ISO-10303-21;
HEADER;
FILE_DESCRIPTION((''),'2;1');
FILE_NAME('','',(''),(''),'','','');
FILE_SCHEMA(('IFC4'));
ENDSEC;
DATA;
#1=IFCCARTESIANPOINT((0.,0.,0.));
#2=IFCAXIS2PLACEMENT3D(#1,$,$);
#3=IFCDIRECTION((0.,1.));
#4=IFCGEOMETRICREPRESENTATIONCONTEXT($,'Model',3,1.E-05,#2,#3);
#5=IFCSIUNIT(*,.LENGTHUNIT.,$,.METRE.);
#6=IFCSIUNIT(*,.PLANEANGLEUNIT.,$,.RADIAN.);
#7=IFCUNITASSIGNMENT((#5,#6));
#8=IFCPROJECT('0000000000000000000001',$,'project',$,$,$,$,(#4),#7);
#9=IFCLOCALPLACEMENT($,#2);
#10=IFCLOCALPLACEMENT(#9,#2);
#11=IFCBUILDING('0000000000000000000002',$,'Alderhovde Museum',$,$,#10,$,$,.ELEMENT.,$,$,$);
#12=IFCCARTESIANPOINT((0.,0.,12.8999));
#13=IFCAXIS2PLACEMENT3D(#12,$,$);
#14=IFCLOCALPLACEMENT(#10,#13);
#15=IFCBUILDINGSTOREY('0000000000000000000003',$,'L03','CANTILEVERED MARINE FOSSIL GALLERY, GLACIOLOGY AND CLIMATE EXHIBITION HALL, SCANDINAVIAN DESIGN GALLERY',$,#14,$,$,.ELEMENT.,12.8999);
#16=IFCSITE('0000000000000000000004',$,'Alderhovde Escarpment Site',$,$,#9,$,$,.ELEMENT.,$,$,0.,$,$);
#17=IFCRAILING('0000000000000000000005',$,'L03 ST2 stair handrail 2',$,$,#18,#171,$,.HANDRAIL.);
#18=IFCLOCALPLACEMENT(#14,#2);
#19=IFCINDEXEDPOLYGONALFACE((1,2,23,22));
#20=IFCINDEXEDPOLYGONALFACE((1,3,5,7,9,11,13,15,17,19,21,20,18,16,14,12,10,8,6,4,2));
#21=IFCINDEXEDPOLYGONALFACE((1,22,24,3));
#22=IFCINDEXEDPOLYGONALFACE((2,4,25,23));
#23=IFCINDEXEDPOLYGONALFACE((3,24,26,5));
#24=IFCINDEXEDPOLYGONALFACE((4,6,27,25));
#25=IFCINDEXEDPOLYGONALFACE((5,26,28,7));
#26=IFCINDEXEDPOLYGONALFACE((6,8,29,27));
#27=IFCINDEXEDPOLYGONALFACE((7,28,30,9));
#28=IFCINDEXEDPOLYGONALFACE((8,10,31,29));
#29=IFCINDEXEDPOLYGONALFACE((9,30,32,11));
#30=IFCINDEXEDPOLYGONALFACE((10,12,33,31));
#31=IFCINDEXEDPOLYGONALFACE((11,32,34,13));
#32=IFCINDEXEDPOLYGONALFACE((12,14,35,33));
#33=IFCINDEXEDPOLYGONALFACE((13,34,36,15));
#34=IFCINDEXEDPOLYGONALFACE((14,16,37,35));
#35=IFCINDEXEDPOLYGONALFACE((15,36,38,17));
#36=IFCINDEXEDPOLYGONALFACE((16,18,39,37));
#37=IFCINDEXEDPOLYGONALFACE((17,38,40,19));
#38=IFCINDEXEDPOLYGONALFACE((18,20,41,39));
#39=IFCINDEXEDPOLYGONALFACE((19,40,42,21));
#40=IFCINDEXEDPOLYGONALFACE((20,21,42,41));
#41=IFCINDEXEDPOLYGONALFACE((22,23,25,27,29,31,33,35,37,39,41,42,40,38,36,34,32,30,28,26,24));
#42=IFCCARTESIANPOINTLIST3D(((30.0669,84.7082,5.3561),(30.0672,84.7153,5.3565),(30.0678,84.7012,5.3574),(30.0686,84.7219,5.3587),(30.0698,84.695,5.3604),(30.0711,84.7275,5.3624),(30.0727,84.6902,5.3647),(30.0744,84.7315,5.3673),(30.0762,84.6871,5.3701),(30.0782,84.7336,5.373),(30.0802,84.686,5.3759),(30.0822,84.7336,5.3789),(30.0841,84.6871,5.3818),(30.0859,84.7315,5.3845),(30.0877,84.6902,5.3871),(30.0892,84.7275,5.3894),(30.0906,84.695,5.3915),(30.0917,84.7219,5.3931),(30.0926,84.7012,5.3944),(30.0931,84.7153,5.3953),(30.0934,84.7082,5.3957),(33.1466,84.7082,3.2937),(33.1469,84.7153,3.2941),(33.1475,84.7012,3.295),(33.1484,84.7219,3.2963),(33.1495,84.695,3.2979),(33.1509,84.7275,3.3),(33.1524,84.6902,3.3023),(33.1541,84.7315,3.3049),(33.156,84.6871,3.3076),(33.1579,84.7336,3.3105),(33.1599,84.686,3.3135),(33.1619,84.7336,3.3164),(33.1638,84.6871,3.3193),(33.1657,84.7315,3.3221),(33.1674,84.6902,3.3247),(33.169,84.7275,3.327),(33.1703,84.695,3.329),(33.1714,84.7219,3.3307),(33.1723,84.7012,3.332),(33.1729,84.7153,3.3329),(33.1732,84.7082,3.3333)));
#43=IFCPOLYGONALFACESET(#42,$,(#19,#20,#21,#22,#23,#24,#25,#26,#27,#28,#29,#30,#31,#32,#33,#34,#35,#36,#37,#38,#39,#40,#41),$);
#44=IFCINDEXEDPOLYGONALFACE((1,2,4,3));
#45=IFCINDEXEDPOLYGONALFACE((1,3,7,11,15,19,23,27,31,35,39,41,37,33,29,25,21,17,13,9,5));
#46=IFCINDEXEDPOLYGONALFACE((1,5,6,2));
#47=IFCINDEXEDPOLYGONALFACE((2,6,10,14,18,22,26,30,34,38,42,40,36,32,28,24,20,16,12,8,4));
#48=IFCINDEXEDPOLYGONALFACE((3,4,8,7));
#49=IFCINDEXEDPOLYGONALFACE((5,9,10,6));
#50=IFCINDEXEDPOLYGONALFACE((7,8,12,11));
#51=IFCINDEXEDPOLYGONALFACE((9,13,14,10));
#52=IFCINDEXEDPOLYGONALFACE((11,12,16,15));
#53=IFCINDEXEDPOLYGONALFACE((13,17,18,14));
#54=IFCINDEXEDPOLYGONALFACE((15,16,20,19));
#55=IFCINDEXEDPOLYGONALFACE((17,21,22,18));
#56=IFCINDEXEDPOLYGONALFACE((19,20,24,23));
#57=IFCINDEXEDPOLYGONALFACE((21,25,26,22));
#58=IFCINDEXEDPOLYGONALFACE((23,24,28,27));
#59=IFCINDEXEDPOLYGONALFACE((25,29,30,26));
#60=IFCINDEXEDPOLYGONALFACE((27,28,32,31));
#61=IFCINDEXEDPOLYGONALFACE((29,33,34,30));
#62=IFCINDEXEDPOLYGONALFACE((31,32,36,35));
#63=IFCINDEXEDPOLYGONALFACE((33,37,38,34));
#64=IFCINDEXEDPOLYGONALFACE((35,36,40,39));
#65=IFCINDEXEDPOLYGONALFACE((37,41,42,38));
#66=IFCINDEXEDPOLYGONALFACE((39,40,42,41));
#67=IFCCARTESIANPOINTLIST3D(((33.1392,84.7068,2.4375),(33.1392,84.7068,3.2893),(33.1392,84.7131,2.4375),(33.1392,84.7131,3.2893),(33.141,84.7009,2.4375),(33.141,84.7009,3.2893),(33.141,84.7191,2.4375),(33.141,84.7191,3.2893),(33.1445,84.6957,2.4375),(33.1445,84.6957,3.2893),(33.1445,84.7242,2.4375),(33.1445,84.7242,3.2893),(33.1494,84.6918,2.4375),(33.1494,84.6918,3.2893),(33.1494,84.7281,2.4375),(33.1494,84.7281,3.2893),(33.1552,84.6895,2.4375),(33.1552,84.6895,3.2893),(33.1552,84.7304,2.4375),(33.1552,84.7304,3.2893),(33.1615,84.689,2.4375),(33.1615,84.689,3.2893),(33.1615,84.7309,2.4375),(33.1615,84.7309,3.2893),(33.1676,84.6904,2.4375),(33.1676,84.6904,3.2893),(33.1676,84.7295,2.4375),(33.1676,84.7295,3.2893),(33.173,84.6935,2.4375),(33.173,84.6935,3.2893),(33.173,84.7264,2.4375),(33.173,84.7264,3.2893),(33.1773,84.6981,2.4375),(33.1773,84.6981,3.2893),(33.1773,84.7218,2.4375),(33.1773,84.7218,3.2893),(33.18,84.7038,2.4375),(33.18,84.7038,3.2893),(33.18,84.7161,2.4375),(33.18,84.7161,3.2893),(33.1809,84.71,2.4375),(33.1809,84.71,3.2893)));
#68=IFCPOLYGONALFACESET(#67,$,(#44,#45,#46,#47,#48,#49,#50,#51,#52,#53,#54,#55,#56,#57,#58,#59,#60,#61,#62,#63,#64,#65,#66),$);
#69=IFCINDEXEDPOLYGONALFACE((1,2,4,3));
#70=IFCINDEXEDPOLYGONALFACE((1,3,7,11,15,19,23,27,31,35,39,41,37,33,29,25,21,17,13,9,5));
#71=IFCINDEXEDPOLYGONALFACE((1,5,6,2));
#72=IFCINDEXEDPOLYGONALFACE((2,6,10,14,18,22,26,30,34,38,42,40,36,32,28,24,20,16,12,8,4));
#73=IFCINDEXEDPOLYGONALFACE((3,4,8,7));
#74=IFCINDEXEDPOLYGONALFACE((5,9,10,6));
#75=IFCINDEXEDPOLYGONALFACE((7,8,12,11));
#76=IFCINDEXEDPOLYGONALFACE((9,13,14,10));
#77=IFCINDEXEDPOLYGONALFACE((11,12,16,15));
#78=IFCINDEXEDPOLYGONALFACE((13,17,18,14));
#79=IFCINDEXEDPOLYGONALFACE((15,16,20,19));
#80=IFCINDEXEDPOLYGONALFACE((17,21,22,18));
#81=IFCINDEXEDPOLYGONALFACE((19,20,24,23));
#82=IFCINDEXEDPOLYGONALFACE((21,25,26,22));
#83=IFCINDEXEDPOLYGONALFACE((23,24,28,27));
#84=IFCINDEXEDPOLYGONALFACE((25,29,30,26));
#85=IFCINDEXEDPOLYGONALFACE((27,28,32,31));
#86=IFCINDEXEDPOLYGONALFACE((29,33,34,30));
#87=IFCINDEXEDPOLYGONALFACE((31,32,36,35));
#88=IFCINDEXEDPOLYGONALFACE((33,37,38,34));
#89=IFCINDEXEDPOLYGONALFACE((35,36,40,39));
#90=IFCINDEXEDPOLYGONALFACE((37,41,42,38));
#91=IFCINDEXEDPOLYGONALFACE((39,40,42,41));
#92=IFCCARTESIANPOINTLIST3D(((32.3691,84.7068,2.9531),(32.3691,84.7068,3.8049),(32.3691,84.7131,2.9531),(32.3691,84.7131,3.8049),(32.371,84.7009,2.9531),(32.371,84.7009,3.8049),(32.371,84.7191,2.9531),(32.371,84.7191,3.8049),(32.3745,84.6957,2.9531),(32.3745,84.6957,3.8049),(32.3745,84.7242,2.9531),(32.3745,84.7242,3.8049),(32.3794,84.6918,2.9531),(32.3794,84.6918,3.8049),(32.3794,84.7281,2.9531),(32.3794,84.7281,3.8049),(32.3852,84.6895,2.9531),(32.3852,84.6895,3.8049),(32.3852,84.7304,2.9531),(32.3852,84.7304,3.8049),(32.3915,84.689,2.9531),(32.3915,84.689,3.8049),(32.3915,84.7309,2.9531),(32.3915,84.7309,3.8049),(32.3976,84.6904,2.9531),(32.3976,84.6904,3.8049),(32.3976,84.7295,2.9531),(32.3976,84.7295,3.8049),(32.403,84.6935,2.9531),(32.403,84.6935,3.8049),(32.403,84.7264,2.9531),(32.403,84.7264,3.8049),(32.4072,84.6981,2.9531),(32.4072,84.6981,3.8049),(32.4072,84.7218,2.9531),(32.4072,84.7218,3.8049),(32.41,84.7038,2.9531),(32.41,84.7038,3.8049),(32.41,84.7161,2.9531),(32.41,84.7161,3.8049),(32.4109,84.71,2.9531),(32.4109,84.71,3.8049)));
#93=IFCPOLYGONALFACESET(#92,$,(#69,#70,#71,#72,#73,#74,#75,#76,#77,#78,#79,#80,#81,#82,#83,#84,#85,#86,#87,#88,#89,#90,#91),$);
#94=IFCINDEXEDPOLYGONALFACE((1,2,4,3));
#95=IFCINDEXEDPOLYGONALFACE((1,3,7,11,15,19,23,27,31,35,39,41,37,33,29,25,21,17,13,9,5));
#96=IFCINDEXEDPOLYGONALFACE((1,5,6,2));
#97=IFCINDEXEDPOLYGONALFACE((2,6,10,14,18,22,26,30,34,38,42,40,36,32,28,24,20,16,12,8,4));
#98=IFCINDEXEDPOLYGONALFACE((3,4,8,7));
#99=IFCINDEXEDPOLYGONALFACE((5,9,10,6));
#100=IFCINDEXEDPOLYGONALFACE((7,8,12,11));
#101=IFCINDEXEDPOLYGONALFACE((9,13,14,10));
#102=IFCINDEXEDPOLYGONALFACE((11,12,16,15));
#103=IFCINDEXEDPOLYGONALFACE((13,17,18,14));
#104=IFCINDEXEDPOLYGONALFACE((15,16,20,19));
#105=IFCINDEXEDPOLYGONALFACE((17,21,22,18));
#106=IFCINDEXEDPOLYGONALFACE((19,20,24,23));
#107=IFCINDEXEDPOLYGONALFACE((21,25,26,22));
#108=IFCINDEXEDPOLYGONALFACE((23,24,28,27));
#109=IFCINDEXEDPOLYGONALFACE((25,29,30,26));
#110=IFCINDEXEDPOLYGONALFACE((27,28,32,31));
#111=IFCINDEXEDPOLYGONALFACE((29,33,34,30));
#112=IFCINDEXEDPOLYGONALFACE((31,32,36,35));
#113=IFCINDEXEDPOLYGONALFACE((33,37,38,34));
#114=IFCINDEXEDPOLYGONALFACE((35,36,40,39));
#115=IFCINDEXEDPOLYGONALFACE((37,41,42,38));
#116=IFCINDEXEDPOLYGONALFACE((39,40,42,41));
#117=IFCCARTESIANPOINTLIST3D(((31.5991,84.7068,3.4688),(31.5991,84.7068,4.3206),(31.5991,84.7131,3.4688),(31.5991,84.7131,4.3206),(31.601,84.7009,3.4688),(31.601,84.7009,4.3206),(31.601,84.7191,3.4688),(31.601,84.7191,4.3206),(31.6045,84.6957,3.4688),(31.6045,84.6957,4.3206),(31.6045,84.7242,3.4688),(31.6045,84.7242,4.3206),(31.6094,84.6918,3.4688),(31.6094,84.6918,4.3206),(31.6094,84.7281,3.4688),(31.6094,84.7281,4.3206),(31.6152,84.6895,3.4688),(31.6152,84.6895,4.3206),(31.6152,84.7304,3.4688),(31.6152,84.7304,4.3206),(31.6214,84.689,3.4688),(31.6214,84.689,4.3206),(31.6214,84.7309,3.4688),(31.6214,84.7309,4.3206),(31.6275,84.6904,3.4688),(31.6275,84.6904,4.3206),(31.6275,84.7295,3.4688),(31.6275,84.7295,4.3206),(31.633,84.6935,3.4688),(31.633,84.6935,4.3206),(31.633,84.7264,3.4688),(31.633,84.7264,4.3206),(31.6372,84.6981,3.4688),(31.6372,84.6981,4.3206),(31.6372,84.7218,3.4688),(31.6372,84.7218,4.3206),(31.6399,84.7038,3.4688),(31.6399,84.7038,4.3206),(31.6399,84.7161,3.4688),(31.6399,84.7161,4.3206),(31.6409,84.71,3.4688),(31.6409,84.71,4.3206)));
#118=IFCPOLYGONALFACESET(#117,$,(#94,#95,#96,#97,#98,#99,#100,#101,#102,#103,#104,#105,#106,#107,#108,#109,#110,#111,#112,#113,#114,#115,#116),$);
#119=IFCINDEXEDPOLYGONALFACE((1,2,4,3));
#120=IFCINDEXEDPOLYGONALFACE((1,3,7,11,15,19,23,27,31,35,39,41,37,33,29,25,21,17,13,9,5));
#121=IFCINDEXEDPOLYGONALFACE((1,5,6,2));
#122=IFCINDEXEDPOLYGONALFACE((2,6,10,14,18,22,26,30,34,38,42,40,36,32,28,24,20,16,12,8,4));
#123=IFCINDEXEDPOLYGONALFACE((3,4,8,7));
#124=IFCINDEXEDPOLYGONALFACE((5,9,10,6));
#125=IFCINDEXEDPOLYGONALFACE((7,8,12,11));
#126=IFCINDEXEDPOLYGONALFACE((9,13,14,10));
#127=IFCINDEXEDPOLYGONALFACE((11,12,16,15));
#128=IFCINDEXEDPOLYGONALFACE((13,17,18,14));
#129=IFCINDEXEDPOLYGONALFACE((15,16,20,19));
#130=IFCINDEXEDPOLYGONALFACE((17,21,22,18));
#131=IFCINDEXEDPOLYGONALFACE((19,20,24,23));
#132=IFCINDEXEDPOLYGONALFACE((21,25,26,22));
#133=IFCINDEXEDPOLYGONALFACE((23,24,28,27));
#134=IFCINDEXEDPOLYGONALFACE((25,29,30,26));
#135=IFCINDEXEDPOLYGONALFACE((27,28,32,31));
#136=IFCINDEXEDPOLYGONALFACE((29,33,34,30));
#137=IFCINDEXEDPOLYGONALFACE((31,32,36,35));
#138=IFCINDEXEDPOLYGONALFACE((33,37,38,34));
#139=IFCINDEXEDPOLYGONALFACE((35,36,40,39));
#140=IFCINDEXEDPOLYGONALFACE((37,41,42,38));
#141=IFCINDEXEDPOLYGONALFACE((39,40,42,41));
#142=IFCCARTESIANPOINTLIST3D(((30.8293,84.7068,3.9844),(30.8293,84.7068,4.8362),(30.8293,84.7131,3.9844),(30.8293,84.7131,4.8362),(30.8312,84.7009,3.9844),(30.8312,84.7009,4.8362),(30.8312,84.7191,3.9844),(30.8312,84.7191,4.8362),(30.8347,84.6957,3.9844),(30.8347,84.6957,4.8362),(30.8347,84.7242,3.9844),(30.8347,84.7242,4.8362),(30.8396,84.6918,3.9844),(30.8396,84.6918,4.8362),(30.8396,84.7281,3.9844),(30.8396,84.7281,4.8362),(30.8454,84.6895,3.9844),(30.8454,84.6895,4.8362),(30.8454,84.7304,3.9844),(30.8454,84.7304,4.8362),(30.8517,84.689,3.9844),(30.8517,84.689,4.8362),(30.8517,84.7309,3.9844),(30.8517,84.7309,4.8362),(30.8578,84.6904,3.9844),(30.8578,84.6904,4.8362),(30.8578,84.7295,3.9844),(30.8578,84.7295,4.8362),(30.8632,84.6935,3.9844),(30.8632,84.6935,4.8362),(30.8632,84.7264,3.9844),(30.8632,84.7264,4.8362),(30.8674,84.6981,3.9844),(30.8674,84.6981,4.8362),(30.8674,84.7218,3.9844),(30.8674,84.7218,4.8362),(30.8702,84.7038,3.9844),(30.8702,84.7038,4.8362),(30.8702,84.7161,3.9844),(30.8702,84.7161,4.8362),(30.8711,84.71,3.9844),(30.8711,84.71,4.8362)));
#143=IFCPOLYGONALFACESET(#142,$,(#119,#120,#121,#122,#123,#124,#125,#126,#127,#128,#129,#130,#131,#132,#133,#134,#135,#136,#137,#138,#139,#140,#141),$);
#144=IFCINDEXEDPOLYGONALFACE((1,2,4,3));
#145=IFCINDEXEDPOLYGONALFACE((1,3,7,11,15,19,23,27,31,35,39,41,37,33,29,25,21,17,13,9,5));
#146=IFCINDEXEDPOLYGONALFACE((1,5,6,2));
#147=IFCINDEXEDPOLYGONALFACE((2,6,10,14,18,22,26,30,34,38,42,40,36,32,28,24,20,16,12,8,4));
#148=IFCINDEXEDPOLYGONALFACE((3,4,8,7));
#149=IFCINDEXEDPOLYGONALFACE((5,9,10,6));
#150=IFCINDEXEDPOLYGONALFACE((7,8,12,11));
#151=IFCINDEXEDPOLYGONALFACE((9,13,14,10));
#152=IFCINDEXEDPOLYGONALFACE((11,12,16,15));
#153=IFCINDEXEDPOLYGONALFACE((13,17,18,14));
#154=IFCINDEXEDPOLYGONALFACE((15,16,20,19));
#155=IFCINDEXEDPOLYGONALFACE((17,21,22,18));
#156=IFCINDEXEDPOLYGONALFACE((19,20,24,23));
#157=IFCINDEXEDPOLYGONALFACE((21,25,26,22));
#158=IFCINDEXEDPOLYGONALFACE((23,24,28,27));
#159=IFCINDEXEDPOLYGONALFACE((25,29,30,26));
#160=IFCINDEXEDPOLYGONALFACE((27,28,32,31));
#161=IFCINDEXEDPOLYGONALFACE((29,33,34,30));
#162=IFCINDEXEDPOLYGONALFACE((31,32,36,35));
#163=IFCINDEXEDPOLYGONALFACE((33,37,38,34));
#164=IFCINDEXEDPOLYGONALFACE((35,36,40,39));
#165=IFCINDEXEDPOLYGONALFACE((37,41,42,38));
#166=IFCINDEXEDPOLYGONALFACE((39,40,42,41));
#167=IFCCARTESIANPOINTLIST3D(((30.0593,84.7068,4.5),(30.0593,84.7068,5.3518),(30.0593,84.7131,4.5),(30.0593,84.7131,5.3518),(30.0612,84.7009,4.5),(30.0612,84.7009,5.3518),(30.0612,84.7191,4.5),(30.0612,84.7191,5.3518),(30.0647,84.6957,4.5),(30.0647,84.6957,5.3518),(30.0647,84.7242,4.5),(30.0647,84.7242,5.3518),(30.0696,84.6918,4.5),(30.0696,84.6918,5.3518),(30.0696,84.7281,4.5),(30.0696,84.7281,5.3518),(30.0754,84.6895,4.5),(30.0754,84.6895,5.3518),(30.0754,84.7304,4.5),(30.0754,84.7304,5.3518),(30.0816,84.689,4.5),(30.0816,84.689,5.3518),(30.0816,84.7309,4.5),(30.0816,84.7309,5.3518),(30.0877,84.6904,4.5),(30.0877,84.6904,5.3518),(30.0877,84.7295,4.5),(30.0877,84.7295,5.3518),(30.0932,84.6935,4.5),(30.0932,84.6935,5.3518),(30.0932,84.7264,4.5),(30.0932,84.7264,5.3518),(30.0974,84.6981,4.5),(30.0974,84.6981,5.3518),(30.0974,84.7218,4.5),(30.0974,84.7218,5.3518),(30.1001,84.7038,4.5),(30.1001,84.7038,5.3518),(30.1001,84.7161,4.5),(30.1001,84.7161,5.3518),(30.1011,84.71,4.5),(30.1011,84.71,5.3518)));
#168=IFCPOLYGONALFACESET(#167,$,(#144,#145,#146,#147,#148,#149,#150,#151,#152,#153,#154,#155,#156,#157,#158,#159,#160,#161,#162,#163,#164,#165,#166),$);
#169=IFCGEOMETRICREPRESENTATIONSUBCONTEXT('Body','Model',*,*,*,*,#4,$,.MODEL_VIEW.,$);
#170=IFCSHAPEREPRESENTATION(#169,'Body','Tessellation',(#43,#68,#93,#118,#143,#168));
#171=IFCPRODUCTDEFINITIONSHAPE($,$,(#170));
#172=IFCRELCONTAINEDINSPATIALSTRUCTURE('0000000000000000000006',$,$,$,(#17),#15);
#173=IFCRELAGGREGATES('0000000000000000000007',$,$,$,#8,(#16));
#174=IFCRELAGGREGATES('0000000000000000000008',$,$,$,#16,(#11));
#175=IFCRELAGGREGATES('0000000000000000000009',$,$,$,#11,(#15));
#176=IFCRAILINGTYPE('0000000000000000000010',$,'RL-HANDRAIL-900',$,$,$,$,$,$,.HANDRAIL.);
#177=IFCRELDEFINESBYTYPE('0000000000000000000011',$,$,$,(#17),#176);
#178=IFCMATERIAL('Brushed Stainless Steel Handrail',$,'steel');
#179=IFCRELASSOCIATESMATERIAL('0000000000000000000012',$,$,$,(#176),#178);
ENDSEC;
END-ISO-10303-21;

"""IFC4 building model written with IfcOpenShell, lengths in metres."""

from ifc_helpers import new_model, si_unit, direction, frame, origin, origin_2d, place, context, subcontext, project, spatial, circle, extrude, material, type_object, element, save


model = new_model("IFC4")

# Units and contexts
model_context = context("Model", 3, precision=1e-05, world=origin(), true_north=direction((0.0, 1.0)))
body_context = subcontext(model_context, "Body", "Model", "MODEL_VIEW")
ifc_project = project(units=[si_unit("LENGTHUNIT", "METRE"), si_unit("PLANEANGLEUNIT", "RADIAN")], contexts=[model_context])

# Site, building, storey
site_placement = place(None, origin())
site = spatial("IfcSite", under=ifc_project, at=site_placement, Name="Alderhovde Escarpment Site", CompositionType="ELEMENT", RefElevation=0.0)
building_placement = place(site_placement, origin())
building = spatial("IfcBuilding", under=site, at=building_placement, Name="Alderhovde Museum", CompositionType="ELEMENT")
storey_placement = place(building_placement, frame((0.0, 0.0, 12.8999)))
storey = spatial("IfcBuildingStorey", under=building, at=storey_placement, Name="L03", Description="CANTILEVERED MARINE FOSSIL GALLERY, GLACIOLOGY AND CLIMATE EXHIBITION HALL, SCANDINAVIAN DESIGN GALLERY", CompositionType="ELEMENT", Elevation=12.8999)

# Railing
ifc_material_1 = material(Name="Brushed Stainless Steel Handrail", Category="steel")
railing_type_1 = type_object("IfcRailingType", Name="RL-HANDRAIL-900", PredefinedType="HANDRAIL", material=ifc_material_1)
railing_1_placement = place(storey_placement, frame((33.1599, 84.71, 2.4375)))
element("IfcRailing", 1, at=railing_1_placement, inside=storey, type_object=railing_type_1, Name="L03 ST2 stair handrail 2", PredefinedType="HANDRAIL", context=body_context, shape_type="SweptSolid", body=[
    extrude(circle(Radius=0.0239, at=origin_2d()), frame((0.0, 0.0, 0.876), z_axis=(-0.830893, 0.0, 0.556432), x_axis=(0.0, -1.0, 0.0)), (0.0, 0.0, 1.0), 3.7065),
    extrude(circle(Radius=0.021, at=origin_2d()), origin(), (0.0, 0.0, 1.0), 0.8518),
    extrude(circle(Radius=0.021, at=origin_2d()), frame((-0.77, 0.0, 0.5156)), (0.0, 0.0, 1.0), 0.8518),
    extrude(circle(Radius=0.021, at=origin_2d()), frame((-1.54, 0.0, 1.0312)), (0.0, 0.0, 1.0), 0.8518),
    extrude(circle(Radius=0.021, at=origin_2d()), frame((-2.3098, 0.0, 1.5469)), (0.0, 0.0, 1.0), 0.8518),
    extrude(circle(Radius=0.021, at=origin_2d()), frame((-3.0798, 0.0, 2.0625)), (0.0, 0.0, 1.0), 0.8518),
])

save(model, "model.ifc")
